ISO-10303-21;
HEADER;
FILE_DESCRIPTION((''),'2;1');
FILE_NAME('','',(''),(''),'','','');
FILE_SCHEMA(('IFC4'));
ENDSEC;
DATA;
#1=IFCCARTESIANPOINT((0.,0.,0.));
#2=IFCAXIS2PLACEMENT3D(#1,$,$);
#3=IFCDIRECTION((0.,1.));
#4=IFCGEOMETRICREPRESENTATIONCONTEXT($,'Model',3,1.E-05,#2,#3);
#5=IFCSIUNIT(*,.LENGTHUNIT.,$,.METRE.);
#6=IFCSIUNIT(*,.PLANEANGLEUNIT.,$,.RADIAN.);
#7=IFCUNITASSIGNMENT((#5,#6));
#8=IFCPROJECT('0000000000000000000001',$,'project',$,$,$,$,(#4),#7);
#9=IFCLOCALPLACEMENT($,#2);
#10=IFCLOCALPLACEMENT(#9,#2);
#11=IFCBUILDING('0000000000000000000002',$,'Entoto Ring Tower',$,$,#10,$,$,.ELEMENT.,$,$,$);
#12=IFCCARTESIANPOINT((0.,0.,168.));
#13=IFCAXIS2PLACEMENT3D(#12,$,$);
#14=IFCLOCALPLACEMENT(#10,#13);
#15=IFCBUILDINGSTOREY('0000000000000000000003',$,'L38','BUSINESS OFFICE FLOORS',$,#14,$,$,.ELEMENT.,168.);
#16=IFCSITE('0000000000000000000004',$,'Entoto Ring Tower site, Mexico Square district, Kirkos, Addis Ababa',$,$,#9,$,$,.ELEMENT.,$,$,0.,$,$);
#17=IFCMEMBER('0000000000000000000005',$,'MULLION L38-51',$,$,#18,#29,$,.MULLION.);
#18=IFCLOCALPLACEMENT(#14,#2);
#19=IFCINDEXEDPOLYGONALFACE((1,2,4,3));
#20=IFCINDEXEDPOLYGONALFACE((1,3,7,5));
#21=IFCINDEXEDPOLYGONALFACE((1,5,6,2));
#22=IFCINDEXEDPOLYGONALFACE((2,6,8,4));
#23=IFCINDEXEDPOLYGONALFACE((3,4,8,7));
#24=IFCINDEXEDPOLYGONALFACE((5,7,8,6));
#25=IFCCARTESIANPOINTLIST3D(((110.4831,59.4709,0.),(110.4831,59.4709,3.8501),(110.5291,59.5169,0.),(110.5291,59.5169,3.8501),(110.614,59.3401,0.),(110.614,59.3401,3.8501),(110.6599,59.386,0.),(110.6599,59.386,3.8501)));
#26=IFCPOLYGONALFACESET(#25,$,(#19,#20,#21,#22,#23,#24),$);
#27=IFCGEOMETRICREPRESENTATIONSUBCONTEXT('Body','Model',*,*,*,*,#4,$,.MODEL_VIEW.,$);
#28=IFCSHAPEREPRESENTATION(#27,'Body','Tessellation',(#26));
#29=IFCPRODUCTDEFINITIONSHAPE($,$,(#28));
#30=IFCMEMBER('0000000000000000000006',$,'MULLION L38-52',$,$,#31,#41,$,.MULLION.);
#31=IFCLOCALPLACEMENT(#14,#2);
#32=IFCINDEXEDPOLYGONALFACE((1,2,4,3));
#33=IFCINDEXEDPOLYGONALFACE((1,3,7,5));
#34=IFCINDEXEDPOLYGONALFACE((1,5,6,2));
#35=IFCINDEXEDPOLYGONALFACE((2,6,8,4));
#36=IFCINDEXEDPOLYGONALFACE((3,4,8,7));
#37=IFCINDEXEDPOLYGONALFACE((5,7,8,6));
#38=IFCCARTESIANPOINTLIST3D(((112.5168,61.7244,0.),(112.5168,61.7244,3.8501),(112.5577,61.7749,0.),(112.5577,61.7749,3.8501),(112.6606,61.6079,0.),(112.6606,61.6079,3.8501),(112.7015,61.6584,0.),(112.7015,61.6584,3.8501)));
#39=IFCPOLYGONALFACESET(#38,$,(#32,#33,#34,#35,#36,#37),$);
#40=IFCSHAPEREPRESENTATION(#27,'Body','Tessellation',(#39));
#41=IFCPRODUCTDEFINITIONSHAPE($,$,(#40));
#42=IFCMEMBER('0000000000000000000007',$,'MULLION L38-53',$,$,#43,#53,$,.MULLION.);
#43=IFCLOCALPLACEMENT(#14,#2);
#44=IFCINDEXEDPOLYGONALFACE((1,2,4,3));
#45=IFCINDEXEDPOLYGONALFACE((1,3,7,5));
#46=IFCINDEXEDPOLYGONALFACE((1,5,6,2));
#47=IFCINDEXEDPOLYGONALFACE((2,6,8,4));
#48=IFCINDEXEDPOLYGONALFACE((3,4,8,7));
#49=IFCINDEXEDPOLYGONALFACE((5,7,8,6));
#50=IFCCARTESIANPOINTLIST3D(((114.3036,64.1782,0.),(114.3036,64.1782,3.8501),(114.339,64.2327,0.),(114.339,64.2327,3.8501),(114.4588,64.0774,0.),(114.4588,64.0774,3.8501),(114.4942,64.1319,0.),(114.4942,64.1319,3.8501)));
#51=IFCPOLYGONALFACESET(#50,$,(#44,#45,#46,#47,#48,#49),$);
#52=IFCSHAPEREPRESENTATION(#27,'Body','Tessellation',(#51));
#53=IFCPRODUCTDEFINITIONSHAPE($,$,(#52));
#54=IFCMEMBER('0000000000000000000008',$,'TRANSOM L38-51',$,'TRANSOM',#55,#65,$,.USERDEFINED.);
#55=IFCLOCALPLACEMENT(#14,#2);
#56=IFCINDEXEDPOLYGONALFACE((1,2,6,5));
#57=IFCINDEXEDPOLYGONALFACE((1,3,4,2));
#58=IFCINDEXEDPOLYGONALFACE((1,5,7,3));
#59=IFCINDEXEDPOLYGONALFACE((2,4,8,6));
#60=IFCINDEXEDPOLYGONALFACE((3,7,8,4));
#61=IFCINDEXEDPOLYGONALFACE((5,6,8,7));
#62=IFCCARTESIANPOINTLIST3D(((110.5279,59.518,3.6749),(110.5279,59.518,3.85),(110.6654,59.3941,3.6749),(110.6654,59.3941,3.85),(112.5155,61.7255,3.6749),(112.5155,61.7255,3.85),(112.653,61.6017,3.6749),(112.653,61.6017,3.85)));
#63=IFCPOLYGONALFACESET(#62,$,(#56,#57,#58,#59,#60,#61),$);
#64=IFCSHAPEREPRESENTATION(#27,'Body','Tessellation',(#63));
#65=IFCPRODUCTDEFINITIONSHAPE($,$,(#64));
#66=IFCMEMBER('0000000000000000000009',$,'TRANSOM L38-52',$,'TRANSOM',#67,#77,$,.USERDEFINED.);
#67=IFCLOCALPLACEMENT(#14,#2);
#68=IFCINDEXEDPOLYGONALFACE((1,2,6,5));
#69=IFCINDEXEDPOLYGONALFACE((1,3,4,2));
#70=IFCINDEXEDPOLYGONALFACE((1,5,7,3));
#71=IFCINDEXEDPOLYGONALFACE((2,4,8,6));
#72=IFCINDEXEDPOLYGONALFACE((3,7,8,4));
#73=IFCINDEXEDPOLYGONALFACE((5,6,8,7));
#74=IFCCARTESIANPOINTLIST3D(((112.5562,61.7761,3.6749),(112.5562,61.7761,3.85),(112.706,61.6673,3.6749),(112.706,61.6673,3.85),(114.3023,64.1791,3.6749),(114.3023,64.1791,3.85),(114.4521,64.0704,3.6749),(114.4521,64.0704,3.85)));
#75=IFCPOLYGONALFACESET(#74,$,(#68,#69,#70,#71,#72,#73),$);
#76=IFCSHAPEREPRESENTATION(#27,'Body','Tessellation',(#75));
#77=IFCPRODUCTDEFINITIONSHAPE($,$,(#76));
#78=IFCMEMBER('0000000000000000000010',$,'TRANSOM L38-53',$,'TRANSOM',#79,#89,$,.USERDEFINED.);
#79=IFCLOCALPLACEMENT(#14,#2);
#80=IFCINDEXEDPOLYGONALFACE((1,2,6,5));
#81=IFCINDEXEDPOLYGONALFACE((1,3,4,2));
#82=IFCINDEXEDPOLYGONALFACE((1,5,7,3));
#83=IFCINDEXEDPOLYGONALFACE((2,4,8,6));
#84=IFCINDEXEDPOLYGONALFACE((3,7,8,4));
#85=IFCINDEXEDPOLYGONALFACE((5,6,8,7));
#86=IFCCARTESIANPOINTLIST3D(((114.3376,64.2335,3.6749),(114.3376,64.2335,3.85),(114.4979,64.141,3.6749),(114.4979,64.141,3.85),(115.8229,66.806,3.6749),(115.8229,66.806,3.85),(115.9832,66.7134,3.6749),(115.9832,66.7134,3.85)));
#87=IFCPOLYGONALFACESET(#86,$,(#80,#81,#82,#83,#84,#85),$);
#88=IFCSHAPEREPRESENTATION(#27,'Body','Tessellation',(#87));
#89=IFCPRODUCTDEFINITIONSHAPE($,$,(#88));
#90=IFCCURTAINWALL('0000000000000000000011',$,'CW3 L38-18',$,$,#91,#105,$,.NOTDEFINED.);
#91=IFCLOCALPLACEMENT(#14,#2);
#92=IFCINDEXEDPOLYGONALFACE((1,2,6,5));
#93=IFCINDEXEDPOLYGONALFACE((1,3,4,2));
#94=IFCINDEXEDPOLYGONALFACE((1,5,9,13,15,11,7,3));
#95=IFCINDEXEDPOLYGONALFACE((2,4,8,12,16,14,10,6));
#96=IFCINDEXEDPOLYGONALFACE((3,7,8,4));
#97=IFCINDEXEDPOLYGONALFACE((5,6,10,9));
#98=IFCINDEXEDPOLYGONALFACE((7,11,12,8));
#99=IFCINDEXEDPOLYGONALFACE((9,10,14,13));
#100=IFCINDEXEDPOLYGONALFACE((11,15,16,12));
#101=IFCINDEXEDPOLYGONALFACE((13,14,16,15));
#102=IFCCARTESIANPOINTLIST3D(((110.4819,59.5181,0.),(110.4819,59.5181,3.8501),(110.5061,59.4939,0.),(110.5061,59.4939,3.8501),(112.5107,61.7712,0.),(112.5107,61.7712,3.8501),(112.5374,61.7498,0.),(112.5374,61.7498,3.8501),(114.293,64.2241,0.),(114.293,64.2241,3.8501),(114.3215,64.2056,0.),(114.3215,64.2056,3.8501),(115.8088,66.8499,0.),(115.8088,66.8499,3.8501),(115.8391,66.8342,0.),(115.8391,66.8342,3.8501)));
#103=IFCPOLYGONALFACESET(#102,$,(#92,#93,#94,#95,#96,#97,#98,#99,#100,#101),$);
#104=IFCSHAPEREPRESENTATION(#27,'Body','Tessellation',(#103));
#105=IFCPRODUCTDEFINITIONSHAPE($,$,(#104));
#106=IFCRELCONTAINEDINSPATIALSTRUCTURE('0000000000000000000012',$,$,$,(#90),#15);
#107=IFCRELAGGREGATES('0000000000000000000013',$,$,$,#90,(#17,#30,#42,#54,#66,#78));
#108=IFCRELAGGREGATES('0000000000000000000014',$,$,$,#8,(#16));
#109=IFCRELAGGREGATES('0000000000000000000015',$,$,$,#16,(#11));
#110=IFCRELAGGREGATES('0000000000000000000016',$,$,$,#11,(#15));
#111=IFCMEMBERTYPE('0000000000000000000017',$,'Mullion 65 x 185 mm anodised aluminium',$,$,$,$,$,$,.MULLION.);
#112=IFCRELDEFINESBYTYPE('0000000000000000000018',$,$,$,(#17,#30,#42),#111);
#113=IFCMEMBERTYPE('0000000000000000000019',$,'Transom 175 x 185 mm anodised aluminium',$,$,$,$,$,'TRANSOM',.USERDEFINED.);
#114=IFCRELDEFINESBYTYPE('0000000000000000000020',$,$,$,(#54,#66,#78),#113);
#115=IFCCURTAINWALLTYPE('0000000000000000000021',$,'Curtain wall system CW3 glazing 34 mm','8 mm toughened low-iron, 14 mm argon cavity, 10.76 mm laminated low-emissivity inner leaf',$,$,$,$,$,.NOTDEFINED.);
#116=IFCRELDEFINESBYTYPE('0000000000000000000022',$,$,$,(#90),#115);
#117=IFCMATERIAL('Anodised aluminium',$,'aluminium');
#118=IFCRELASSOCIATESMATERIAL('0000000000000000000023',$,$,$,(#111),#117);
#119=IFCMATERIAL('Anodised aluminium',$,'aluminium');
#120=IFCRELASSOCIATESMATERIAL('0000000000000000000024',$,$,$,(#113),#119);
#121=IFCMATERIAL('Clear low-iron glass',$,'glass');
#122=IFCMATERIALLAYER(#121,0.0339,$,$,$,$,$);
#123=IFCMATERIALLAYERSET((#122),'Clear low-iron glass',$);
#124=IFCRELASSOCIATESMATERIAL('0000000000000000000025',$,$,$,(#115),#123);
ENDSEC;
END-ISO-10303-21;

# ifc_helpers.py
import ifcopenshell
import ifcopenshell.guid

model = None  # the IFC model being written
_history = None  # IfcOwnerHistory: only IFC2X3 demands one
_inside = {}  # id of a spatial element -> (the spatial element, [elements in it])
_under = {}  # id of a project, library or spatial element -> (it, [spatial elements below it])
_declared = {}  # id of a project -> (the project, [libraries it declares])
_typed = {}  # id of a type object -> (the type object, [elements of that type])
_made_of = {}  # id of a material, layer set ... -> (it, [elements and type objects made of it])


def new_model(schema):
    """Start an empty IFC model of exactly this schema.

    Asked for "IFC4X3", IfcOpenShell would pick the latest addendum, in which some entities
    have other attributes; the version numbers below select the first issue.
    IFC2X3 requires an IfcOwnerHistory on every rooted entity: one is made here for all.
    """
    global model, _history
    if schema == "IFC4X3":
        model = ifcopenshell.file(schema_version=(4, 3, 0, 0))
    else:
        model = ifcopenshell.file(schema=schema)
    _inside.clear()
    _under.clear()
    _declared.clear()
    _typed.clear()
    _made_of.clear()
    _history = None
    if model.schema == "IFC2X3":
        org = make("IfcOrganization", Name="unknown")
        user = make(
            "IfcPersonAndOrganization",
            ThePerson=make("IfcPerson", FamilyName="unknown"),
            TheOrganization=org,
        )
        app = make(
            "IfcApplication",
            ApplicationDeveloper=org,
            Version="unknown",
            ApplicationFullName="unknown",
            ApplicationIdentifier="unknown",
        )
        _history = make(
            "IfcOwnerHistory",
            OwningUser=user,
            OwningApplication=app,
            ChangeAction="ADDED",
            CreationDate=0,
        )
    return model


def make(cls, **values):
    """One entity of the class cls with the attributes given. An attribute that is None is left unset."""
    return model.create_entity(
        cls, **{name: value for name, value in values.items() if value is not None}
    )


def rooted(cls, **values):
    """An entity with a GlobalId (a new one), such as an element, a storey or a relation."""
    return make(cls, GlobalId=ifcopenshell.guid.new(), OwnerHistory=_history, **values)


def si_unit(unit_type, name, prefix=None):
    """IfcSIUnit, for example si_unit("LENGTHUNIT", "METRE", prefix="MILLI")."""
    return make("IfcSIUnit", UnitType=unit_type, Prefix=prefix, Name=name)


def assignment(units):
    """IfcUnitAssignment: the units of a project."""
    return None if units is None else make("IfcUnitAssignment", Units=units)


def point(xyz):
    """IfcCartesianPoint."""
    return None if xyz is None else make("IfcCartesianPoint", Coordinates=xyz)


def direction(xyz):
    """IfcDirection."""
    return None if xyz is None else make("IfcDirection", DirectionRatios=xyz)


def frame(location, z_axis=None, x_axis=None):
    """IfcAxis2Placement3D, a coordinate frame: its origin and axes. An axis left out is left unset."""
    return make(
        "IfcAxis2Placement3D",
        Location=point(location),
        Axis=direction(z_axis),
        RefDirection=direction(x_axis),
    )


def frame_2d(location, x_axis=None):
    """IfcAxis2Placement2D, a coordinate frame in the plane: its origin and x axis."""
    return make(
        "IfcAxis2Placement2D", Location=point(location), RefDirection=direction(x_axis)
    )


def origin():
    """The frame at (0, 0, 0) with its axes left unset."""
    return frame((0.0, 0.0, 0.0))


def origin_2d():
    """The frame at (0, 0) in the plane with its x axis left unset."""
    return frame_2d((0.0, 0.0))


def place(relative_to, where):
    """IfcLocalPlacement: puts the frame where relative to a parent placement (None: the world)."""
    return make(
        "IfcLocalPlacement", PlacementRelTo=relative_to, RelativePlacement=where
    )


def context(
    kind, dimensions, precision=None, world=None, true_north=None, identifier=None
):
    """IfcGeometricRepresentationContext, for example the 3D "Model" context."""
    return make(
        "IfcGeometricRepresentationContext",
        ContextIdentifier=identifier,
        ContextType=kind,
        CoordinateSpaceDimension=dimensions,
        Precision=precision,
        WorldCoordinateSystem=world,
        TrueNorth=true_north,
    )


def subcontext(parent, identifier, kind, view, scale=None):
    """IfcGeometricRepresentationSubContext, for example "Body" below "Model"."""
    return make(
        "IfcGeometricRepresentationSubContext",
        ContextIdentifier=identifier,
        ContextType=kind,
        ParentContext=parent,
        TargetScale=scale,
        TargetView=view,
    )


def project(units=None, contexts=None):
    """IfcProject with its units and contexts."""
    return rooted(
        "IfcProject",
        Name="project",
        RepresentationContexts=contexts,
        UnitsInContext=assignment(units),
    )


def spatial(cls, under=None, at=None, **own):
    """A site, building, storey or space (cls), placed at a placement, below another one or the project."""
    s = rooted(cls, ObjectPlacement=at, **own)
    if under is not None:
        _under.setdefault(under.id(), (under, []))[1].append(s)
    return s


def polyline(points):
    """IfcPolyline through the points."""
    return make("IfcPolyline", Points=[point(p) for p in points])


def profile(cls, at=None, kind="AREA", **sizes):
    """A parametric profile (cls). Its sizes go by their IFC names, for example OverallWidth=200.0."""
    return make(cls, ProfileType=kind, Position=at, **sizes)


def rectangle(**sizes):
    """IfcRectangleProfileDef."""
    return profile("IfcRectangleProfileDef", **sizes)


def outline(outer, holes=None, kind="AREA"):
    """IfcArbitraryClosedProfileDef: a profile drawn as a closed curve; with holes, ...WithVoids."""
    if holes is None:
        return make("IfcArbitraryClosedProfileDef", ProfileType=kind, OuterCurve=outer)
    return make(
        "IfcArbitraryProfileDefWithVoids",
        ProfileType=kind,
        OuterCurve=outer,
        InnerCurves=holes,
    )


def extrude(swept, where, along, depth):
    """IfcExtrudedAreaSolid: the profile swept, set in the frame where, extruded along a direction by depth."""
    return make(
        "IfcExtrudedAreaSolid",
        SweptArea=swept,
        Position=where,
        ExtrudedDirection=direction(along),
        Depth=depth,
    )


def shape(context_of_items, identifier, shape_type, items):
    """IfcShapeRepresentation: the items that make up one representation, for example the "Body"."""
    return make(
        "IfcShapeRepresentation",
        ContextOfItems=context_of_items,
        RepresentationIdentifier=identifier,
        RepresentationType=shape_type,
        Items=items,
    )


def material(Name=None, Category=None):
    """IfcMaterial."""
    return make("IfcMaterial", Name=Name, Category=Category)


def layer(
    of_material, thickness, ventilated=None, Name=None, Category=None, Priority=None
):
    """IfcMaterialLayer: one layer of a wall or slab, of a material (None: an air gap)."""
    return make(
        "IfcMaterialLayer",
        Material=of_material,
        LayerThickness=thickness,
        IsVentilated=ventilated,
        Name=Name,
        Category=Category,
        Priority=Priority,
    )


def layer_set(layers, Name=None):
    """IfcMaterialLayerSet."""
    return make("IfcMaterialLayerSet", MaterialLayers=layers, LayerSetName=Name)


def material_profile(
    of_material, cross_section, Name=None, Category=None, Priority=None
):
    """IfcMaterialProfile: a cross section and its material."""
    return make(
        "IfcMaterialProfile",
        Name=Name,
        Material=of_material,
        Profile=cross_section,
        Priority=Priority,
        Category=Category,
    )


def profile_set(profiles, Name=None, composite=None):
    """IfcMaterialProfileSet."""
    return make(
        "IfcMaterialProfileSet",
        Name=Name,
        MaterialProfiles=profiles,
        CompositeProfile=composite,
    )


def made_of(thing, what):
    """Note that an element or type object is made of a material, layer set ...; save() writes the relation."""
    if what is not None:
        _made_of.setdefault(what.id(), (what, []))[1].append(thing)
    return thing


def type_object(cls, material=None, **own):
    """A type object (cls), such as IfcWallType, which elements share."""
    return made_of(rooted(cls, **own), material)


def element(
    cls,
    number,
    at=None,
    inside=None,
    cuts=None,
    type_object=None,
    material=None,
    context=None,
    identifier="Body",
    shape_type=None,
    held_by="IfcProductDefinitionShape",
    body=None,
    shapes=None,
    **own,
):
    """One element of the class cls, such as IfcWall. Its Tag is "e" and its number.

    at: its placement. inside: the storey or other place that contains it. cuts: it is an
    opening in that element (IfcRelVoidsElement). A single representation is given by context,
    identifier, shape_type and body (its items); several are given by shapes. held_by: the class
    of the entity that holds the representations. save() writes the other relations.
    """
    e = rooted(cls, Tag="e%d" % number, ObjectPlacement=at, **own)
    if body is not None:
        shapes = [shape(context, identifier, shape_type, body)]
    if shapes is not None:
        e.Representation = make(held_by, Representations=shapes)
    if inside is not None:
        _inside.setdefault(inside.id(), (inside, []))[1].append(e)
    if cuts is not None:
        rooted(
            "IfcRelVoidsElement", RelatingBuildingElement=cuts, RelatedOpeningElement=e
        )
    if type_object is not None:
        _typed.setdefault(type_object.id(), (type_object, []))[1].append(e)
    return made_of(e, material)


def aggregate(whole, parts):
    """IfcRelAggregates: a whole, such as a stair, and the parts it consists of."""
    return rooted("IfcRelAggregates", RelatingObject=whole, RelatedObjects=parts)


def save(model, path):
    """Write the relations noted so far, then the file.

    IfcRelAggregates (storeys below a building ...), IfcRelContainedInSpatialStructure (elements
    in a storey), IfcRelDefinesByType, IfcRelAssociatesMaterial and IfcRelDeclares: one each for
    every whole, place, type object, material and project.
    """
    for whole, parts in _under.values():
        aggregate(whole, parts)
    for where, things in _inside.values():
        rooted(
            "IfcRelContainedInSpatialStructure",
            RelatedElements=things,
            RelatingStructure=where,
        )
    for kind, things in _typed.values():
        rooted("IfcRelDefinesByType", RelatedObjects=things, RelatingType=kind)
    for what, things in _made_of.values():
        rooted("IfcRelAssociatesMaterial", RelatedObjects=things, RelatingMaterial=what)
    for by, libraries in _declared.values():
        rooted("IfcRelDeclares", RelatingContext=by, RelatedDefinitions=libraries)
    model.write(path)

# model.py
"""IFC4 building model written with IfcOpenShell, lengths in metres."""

from ifc_helpers import new_model, si_unit, direction, frame, origin, origin_2d, place, context, subcontext, project, spatial, polyline, rectangle, outline, extrude, material, layer, layer_set, material_profile, profile_set, type_object, element, aggregate, save


model = new_model("IFC4")

# Units and contexts
model_context = context("Model", 3, precision=1e-05, world=origin(), true_north=direction((0.0, 1.0)))
body_context = subcontext(model_context, "Body", "Model", "MODEL_VIEW")
ifc_project = project(units=[si_unit("LENGTHUNIT", "METRE"), si_unit("PLANEANGLEUNIT", "RADIAN")], contexts=[model_context])

# Members
ifc_material_1 = material(Name="Anodised aluminium", Category="aluminium")
ifc_material_profile_1 = material_profile(ifc_material_1, rectangle(XDim=0.0649, YDim=0.1851, at=origin_2d()), Name="Mullion 65 x 185 mm anodised aluminium")
ifc_profile_set_1 = profile_set([ifc_material_profile_1], Name="Anodised aluminium")
member_type_1 = type_object("IfcMemberType", Name="Mullion 65 x 185 mm anodised aluminium", PredefinedType="MULLION", material=ifc_profile_set_1)
site_placement = place(None, origin())
building_placement = place(site_placement, origin())
storey_placement = place(building_placement, frame((0.0, 0.0, 168.0)))
member_1_placement = place(storey_placement, frame((110.5715, 59.4285, 0.0), z_axis=(0.0, 0.0, 1.0), x_axis=(0.707107, 0.707107, 0.0)))
member_1 = element("IfcMember", 1, at=member_1_placement, type_object=member_type_1, Name="MULLION L38-51", PredefinedType="MULLION", context=body_context, shape_type="SweptSolid", body=[
    extrude(rectangle(XDim=0.0649, YDim=0.1851, at=origin_2d()), origin(), (0.0, 0.0, 1.0), 3.8501),
])
member_2_placement = place(storey_placement, frame((112.6091, 61.6914, 0.0), z_axis=(0.0, 0.0, 1.0), x_axis=(0.62932, 0.777146, 0.0)))
member_2 = element("IfcMember", 2, at=member_2_placement, type_object=member_type_1, Name="MULLION L38-52", PredefinedType="MULLION", context=body_context, shape_type="SweptSolid", body=[
    extrude(rectangle(XDim=0.0649, YDim=0.1851, at=origin_2d()), origin(), (0.0, 0.0, 1.0), 3.8501),
])
member_3_placement = place(storey_placement, frame((114.3989, 64.155, 0.0), z_axis=(0.0, 0.0, 1.0), x_axis=(0.544639, 0.838671, 0.0)))
member_3 = element("IfcMember", 3, at=member_3_placement, type_object=member_type_1, Name="MULLION L38-53", PredefinedType="MULLION", context=body_context, shape_type="SweptSolid", body=[
    extrude(rectangle(XDim=0.0649, YDim=0.1851, at=origin_2d()), origin(), (0.0, 0.0, 1.0), 3.8501),
])
ifc_material_2 = material(Name="Anodised aluminium", Category="aluminium")
ifc_material_profile_2 = material_profile(ifc_material_2, rectangle(XDim=0.1851, YDim=0.175, at=origin_2d()), Name="Transom 175 x 185 mm anodised aluminium")
ifc_profile_set_2 = profile_set([ifc_material_profile_2], Name="Anodised aluminium")
member_type_2 = type_object("IfcMemberType", Name="Transom 175 x 185 mm anodised aluminium", ElementType="TRANSOM", PredefinedType="USERDEFINED", material=ifc_profile_set_2)
member_4_placement = place(storey_placement, frame((110.5967, 59.4561, 3.7625), z_axis=(0.66911, 0.743163, 0.0), x_axis=(-0.743163, 0.66911, 0.0)))
member_4 = element("IfcMember", 4, at=member_4_placement, type_object=member_type_2, Name="TRANSOM L38-51", ObjectType="TRANSOM", PredefinedType="USERDEFINED", context=body_context, shape_type="SweptSolid", body=[
    extrude(rectangle(XDim=0.1851, YDim=0.175, at=origin_2d()), origin(), (0.0, 0.0, 1.0), 2.9705),
])
member_5_placement = place(storey_placement, frame((112.6311, 61.7217, 3.7625), z_axis=(0.58782, 0.808992, 0.0), x_axis=(-0.808992, 0.58782, 0.0)))
member_5 = element("IfcMember", 5, at=member_5_placement, type_object=member_type_2, Name="TRANSOM L38-52", ObjectType="TRANSOM", PredefinedType="USERDEFINED", context=body_context, shape_type="SweptSolid", body=[
    extrude(rectangle(XDim=0.1851, YDim=0.175, at=origin_2d()), origin(), (0.0, 0.0, 1.0), 2.9705),
])
member_6_placement = place(storey_placement, frame((114.4177, 64.1873, 3.7625), z_axis=(0.500028, 0.866009, 0.0), x_axis=(-0.866009, 0.500028, 0.0)))
member_6 = element("IfcMember", 6, at=member_6_placement, type_object=member_type_2, Name="TRANSOM L38-53", ObjectType="TRANSOM", PredefinedType="USERDEFINED", context=body_context, shape_type="SweptSolid", body=[
    extrude(rectangle(XDim=0.1851, YDim=0.175, at=origin_2d()), origin(), (0.0, 0.0, 1.0), 2.9705),
])

# Site, building, storey
site = spatial("IfcSite", under=ifc_project, at=site_placement, Name="Entoto Ring Tower site, Mexico Square district, Kirkos, Addis Ababa", CompositionType="ELEMENT", RefElevation=0.0)
building = spatial("IfcBuilding", under=site, at=building_placement, Name="Entoto Ring Tower", CompositionType="ELEMENT")
storey = spatial("IfcBuildingStorey", under=building, at=storey_placement, Name="L38", Description="BUSINESS OFFICE FLOORS", CompositionType="ELEMENT", Elevation=168.0)

# Curtain wall
ifc_material_3 = material(Name="Clear low-iron glass", Category="glass")
ifc_layer_1 = layer(ifc_material_3, 0.0339)
ifc_layer_set_1 = layer_set([ifc_layer_1], Name="Clear low-iron glass")
curtain_wall_type = type_object("IfcCurtainWallType", Name="Curtain wall system CW3 glazing 34 mm", Description="8 mm toughened low-iron, 14 mm argon cavity, 10.76 mm laminated low-emissivity inner leaf", PredefinedType="NOTDEFINED", material=ifc_layer_set_1)
curtain_wall_1_placement = place(storey_placement, origin())
curtain_wall_1 = element("IfcCurtainWall", 7, at=curtain_wall_1_placement, inside=storey, type_object=curtain_wall_type, Name="CW3 L38-18", PredefinedType="NOTDEFINED", context=body_context, shape_type="SweptSolid", body=[
    extrude(outline(polyline([(110.5061, 59.4939), (112.5374, 61.7498), (114.3215, 64.2056), (115.8391, 66.8342), (115.8088, 66.8499), (114.293, 64.2241), (112.5107, 61.7712), (110.4819, 59.5181), (110.5061, 59.4939)])), origin(), (0.0, 0.0, 1.0), 3.8501),
])
aggregate(curtain_wall_1, [member_1, member_2, member_3, member_4, member_5, member_6])

save(model, "model.ifc")
